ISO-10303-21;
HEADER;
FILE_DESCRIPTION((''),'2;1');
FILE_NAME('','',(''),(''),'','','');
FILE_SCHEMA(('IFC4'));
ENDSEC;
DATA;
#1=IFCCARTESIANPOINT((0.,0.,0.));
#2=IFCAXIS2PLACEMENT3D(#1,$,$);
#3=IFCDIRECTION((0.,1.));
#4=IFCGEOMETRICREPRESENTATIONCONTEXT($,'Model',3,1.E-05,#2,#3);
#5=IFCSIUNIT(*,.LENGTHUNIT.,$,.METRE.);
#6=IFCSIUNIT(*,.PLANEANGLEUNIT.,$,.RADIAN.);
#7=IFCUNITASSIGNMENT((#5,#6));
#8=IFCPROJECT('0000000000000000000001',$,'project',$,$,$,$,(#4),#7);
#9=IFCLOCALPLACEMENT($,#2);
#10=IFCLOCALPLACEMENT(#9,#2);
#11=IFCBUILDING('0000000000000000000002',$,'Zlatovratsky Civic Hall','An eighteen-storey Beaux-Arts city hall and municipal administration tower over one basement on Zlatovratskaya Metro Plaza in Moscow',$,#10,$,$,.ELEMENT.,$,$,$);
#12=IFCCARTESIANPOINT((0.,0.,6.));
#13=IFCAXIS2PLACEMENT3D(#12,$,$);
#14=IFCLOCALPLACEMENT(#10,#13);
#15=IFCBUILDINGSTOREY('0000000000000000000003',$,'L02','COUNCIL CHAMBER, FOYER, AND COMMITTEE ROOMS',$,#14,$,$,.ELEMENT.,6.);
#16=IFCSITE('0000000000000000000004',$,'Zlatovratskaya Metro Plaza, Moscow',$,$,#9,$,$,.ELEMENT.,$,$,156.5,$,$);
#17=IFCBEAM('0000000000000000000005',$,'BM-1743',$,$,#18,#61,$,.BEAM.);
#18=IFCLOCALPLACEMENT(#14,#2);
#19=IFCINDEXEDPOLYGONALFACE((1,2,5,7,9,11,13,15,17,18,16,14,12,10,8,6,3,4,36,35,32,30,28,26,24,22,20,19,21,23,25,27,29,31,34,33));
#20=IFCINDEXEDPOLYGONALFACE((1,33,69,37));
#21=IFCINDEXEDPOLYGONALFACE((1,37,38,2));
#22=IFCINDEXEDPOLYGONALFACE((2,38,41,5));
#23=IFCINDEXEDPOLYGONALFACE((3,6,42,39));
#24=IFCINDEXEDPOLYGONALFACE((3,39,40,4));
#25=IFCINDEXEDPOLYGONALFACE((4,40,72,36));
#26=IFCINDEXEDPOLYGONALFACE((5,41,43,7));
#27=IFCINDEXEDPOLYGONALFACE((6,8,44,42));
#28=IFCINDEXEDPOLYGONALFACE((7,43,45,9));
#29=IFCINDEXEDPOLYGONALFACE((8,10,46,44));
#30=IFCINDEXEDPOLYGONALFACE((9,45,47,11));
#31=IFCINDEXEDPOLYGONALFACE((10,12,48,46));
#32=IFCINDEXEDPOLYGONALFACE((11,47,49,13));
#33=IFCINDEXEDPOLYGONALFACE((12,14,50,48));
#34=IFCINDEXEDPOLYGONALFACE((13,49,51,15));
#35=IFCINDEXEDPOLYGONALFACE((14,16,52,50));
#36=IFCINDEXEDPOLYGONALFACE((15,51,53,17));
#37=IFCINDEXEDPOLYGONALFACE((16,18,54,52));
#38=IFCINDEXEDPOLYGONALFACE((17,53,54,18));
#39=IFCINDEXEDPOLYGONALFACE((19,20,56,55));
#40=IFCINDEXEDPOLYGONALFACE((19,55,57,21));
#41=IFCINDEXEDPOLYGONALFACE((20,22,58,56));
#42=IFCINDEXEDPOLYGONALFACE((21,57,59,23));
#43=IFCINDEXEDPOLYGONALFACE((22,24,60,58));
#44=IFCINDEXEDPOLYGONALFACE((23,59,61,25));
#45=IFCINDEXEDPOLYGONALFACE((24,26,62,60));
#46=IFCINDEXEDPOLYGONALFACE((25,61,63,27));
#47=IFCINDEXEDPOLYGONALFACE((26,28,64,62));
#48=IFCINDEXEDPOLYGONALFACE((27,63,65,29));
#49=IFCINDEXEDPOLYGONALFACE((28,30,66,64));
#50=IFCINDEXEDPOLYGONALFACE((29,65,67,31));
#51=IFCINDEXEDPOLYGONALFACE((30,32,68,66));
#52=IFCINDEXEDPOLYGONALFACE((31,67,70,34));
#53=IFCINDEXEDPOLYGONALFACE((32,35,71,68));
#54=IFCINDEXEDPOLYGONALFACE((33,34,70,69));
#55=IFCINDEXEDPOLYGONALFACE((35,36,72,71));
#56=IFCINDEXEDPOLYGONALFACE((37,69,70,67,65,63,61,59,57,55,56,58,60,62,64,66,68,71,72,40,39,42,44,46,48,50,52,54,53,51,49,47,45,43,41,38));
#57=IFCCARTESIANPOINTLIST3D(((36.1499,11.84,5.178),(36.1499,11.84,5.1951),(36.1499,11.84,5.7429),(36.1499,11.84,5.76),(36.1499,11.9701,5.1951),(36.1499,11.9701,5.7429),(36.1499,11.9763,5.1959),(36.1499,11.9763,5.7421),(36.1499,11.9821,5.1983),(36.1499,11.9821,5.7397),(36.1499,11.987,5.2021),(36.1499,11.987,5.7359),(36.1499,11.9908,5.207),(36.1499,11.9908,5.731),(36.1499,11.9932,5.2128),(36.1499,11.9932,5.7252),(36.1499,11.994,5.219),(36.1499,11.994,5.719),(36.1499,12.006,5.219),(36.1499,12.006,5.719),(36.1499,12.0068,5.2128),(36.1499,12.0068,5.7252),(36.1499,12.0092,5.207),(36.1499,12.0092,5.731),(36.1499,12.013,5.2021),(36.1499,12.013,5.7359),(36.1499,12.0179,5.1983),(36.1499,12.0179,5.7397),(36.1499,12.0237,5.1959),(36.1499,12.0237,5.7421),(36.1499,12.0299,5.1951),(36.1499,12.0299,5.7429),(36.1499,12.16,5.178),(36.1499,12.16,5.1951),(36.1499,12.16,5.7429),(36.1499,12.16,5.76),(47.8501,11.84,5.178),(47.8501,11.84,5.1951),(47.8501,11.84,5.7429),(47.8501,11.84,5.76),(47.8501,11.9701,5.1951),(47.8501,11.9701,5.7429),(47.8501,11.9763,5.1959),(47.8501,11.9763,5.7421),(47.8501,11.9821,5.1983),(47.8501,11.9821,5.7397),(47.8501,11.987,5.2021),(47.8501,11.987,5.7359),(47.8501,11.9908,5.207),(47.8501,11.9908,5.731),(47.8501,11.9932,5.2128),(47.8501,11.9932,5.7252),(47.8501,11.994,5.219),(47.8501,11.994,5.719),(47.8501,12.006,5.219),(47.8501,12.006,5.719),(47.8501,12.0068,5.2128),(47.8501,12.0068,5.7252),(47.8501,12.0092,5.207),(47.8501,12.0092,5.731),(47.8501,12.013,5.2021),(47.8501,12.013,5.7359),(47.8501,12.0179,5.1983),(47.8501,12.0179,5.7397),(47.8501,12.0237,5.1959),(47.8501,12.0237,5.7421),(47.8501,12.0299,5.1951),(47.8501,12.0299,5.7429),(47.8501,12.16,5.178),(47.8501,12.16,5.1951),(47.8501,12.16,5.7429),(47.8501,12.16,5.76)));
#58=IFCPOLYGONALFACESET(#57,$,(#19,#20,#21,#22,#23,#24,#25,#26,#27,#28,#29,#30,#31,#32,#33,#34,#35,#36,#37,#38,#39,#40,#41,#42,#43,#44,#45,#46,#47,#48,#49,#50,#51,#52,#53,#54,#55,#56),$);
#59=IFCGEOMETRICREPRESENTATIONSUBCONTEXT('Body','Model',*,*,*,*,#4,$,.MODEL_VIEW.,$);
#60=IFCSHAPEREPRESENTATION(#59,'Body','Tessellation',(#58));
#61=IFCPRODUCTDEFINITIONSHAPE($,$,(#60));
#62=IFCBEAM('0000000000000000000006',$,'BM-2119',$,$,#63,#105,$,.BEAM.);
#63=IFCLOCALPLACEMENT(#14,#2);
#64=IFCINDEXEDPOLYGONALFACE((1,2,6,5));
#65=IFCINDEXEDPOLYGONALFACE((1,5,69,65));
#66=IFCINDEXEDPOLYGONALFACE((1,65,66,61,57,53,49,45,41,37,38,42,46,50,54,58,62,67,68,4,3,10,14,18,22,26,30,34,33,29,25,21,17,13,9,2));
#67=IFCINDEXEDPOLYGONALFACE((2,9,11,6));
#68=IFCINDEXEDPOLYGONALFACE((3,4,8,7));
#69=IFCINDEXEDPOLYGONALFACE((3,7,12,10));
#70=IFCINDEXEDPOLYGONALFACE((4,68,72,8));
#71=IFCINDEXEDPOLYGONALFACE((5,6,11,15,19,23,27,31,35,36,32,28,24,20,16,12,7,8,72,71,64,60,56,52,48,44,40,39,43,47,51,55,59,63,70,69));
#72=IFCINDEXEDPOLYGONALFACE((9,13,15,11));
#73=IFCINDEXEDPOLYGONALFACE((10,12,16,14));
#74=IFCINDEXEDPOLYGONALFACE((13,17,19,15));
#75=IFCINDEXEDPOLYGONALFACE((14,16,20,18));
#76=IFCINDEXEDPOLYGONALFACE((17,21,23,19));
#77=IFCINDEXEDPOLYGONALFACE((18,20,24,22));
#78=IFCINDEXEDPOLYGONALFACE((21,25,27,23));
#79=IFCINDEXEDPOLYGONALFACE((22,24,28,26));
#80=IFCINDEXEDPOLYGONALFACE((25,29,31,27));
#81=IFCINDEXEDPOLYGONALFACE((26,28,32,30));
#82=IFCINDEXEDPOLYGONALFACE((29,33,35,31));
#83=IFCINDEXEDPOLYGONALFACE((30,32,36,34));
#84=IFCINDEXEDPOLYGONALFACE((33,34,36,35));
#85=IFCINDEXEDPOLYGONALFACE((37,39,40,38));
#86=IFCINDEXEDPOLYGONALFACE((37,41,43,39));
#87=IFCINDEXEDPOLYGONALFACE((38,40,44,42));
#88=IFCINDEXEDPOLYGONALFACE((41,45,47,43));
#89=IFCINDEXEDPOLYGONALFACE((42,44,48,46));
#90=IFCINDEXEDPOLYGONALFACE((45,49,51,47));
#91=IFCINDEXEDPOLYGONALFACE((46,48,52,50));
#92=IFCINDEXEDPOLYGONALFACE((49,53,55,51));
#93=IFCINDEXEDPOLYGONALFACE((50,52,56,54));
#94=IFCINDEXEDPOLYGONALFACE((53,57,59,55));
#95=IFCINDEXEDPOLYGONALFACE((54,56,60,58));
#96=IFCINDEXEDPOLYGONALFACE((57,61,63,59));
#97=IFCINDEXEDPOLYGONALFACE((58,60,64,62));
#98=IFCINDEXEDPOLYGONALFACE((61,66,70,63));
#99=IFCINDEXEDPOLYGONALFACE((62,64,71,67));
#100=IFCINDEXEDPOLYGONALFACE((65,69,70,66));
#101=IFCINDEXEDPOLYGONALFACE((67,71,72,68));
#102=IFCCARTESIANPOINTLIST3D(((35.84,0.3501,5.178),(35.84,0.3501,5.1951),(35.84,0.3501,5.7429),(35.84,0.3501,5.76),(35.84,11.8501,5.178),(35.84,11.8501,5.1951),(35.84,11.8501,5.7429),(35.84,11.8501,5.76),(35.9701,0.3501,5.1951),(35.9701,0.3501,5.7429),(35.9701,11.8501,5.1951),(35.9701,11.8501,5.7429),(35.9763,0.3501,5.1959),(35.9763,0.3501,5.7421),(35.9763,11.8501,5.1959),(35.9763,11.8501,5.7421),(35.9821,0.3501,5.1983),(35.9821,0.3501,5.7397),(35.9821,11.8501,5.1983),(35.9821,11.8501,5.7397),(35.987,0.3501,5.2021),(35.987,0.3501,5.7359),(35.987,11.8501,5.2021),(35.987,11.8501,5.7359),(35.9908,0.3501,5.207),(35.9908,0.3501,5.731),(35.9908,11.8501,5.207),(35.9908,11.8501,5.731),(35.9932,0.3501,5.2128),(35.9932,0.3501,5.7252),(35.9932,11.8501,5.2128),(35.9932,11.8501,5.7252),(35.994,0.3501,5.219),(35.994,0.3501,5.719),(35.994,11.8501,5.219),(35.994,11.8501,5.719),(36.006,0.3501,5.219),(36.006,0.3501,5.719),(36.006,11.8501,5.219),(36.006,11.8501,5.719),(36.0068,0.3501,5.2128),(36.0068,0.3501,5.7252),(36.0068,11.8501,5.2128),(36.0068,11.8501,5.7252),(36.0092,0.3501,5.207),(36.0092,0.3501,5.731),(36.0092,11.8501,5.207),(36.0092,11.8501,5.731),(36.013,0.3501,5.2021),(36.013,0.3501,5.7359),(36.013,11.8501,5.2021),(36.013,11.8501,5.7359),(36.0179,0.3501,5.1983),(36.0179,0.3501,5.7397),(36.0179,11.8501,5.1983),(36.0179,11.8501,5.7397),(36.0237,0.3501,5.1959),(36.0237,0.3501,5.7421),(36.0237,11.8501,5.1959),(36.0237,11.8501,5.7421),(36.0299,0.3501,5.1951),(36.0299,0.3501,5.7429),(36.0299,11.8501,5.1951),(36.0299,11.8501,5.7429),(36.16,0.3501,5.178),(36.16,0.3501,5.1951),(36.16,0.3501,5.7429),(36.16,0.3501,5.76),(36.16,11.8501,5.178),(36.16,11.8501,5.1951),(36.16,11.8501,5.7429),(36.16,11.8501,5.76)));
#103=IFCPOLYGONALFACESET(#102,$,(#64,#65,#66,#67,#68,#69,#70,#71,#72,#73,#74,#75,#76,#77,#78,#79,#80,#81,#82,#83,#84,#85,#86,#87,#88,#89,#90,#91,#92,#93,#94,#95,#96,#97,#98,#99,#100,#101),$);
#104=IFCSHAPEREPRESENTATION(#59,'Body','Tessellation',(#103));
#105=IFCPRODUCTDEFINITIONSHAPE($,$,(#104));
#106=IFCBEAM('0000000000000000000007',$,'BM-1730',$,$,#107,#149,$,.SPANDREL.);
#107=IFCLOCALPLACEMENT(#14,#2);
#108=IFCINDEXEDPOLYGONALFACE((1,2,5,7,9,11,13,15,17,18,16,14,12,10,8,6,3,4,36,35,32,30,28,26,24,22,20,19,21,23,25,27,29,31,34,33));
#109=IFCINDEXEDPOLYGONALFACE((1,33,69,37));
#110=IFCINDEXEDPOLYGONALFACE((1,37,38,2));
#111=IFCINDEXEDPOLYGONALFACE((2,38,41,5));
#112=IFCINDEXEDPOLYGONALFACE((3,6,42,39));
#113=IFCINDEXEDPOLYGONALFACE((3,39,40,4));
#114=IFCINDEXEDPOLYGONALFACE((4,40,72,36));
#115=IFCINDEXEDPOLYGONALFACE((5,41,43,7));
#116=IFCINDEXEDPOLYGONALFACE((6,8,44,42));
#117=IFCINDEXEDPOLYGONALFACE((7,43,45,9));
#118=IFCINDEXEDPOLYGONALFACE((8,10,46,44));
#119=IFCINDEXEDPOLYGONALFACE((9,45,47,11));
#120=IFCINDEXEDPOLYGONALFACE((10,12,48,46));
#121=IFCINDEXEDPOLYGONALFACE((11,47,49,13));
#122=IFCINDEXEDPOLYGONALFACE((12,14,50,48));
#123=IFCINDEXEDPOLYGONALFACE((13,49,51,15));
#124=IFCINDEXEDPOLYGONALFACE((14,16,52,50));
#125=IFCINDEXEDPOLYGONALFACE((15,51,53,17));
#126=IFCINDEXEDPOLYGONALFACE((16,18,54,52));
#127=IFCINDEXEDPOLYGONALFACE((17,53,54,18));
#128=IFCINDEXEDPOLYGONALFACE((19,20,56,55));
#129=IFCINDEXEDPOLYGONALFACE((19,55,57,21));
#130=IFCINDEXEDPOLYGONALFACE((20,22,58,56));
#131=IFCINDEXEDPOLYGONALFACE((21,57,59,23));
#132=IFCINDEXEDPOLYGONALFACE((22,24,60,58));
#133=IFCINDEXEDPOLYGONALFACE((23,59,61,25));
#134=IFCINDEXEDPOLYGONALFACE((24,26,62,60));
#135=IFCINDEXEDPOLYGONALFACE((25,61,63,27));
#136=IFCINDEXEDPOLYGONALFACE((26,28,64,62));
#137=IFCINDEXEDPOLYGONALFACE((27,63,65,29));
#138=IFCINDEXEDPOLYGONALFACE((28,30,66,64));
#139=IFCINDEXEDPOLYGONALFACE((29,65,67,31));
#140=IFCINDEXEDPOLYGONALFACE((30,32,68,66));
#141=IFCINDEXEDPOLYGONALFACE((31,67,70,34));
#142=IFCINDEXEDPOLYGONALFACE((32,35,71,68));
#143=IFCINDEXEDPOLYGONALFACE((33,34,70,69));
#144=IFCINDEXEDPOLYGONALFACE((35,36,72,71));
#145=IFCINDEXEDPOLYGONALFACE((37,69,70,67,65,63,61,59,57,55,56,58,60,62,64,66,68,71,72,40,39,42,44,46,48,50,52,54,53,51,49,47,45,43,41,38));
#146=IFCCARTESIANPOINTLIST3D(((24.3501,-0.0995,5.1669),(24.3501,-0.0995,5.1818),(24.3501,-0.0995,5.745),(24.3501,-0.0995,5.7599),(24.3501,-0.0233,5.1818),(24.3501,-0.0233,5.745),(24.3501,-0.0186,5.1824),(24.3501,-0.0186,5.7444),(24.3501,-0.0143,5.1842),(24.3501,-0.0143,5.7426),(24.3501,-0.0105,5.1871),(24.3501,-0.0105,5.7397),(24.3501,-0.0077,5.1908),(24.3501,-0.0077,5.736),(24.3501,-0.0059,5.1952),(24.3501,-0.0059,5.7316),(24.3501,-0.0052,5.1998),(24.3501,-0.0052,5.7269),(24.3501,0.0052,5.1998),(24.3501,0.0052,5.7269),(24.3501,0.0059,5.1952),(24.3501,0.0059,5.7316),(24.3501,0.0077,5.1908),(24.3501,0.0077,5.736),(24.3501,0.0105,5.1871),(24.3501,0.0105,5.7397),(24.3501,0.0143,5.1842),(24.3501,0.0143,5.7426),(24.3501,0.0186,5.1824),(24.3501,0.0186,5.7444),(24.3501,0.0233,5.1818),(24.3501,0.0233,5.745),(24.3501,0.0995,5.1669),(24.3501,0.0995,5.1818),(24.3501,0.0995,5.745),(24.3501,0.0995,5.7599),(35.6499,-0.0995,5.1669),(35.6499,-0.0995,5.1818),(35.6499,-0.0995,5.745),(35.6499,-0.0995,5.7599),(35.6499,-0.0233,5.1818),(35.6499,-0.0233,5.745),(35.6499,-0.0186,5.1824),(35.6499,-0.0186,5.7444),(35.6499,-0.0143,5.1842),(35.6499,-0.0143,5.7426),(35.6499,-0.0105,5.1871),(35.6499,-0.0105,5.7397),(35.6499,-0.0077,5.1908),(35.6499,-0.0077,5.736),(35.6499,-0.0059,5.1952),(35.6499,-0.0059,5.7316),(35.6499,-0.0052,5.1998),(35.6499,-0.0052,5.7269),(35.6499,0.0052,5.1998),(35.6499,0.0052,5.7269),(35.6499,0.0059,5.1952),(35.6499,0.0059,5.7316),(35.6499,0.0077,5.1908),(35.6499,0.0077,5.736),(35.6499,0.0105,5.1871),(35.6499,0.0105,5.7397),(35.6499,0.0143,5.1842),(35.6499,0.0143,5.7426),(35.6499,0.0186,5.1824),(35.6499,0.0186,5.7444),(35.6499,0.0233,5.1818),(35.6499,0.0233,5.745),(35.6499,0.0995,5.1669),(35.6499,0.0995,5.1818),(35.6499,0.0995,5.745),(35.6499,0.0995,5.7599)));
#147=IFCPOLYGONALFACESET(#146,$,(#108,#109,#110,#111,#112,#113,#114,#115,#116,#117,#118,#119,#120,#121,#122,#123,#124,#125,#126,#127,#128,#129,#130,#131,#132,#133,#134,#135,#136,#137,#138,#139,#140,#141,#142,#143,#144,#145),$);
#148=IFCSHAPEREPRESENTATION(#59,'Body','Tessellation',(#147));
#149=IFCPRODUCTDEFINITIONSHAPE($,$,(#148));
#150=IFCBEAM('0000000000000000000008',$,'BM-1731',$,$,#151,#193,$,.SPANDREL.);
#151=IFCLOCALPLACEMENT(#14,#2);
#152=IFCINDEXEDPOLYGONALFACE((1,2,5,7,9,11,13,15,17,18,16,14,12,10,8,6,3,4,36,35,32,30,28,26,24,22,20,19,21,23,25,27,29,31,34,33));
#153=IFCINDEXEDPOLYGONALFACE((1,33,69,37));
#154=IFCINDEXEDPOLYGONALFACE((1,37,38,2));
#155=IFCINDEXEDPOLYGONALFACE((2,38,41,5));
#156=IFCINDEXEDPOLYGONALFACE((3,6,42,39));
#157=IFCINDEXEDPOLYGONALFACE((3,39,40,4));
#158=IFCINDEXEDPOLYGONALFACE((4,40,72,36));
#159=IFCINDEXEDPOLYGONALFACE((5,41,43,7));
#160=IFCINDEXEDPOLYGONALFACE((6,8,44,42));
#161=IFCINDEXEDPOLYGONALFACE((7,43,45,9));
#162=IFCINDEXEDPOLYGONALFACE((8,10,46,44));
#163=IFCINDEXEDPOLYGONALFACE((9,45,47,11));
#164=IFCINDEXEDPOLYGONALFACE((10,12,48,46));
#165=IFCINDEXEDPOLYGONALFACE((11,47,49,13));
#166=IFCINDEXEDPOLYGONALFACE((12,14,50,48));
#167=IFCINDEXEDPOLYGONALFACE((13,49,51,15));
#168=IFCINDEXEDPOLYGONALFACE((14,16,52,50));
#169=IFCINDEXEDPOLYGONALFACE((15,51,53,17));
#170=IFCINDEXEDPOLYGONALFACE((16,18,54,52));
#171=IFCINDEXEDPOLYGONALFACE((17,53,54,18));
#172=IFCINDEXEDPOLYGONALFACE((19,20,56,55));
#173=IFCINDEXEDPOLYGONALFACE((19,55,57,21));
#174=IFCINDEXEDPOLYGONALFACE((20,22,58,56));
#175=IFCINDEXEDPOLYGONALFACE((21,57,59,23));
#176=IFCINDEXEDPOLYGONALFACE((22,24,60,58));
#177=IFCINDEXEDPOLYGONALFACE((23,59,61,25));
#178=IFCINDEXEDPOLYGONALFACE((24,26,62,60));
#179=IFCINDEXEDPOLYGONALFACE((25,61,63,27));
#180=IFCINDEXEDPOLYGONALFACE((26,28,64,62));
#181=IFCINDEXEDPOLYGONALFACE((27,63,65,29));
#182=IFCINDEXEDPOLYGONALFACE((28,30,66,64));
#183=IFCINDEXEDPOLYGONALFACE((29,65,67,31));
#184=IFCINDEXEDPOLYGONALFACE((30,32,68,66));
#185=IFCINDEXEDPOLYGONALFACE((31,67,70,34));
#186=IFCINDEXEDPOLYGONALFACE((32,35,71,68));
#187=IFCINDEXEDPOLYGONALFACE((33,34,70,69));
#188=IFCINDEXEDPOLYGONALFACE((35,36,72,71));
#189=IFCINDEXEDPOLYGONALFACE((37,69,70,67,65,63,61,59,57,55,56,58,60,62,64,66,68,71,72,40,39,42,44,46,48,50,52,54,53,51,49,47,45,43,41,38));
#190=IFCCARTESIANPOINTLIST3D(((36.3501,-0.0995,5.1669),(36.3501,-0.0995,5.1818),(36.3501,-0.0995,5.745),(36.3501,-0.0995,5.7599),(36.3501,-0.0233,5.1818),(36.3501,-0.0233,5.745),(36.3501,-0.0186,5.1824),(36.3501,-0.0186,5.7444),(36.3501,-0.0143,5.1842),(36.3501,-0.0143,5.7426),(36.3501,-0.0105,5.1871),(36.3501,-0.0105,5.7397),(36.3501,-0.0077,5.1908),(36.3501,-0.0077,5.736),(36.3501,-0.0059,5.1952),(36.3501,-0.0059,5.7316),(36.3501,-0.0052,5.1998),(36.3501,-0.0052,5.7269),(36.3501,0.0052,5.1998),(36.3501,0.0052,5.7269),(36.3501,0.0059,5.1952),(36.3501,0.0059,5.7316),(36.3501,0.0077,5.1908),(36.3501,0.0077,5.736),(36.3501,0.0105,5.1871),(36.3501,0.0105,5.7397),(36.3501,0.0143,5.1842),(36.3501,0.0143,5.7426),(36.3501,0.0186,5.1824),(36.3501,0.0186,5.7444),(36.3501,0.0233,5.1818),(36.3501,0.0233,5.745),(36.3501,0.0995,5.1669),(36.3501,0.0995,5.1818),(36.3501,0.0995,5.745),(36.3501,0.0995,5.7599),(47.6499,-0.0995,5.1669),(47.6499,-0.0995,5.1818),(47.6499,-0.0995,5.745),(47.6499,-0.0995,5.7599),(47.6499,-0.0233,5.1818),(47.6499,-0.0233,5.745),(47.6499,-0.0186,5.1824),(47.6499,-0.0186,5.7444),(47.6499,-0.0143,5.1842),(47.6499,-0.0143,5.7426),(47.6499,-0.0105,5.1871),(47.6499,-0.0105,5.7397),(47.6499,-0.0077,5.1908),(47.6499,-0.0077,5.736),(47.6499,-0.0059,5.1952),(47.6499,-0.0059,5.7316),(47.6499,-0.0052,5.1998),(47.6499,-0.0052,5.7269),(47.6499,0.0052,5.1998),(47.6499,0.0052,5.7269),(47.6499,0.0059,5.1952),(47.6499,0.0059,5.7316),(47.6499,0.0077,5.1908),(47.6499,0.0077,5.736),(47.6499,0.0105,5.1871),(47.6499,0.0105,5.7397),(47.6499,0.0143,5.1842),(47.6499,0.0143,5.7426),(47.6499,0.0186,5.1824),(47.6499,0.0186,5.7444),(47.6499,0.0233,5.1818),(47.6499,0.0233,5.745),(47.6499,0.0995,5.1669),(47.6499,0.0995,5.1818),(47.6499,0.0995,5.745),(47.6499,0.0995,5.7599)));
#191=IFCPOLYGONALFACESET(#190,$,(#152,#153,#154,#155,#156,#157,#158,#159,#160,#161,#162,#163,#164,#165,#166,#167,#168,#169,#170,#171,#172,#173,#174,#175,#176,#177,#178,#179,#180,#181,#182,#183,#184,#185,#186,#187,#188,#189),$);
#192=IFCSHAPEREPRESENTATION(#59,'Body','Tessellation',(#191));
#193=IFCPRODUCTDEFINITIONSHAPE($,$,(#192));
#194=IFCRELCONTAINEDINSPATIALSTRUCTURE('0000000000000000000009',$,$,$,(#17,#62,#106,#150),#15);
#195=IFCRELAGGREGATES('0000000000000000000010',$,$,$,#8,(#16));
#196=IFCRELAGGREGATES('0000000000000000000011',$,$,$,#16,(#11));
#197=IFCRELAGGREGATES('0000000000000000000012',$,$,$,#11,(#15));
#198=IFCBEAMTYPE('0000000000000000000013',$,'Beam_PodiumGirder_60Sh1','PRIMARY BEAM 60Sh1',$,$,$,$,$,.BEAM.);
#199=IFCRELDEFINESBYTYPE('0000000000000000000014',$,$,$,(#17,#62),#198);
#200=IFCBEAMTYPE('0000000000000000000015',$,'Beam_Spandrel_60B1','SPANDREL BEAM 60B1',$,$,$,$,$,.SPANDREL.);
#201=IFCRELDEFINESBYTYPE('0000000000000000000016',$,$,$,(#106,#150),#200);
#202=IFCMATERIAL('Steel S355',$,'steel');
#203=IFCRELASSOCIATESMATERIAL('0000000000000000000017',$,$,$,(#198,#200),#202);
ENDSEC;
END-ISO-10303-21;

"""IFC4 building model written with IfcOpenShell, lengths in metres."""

from ifc_helpers import new_model, si_unit, direction, frame, origin, origin_2d, place, context, subcontext, project, spatial, i_section, extrude, material, material_profile, profile_set, type_object, element, save


model = new_model("IFC4")

# Units and contexts
model_context = context("Model", 3, precision=1e-05, world=origin(), true_north=direction((0.0, 1.0)))
body_context = subcontext(model_context, "Body", "Model", "MODEL_VIEW")
ifc_project = project(units=[si_unit("LENGTHUNIT", "METRE"), si_unit("PLANEANGLEUNIT", "RADIAN")], contexts=[model_context])

# Site, building, storey
site_placement = place(None, origin())
site = spatial("IfcSite", under=ifc_project, at=site_placement, Name="Zlatovratskaya Metro Plaza, Moscow", CompositionType="ELEMENT", RefElevation=156.5)
building_placement = place(site_placement, origin())
building = spatial("IfcBuilding", under=site, at=building_placement, Name="Zlatovratsky Civic Hall", Description="An eighteen-storey Beaux-Arts city hall and municipal administration tower over one basement on Zlatovratskaya Metro Plaza in Moscow", CompositionType="ELEMENT")
storey_placement = place(building_placement, frame((0.0, 0.0, 6.0)))
storey = spatial("IfcBuildingStorey", under=building, at=storey_placement, Name="L02", Description="COUNCIL CHAMBER, FOYER, AND COMMITTEE ROOMS", CompositionType="ELEMENT", Elevation=6.0)

# Shared definitions
ifc_material_1 = material(Name="Steel S355", Category="steel")

# Beams
ifc_material_profile_1 = material_profile(ifc_material_1, i_section(OverallWidth=0.3201, OverallDepth=0.582, WebThickness=0.012, FlangeThickness=0.0171, FilletRadius=0.0239, at=origin_2d()), Name="60Sh1")
ifc_profile_set_1 = profile_set([ifc_material_profile_1], Name="Steel S355")
beam_type_1 = type_object("IfcBeamType", Name="Beam_PodiumGirder_60Sh1", Description="PRIMARY BEAM 60Sh1", PredefinedType="BEAM", material=ifc_profile_set_1)
for number, where, z_axis, x_axis, name in (
    (1, (36.1499, 12.0, 5.469), (1.0, 0.0, 0.0), (0.0, 1.0, 0.0), "BM-1743"),
):
    element("IfcBeam", number, at=place(storey_placement, frame(where, z_axis=z_axis, x_axis=x_axis)), inside=storey, type_object=beam_type_1, Name=name, PredefinedType="BEAM", context=body_context, shape_type="SweptSolid", body=[
        extrude(i_section(OverallWidth=0.3201, OverallDepth=0.582, WebThickness=0.012, FlangeThickness=0.0171, FilletRadius=0.0239, at=origin_2d()), origin(), (0.0, 0.0, 1.0), 11.7002),
    ])
beam_1_placement = place(storey_placement, frame((36.0, 0.3501, 5.469), z_axis=(0.0, 1.0, 0.0), x_axis=(-1.0, 0.0, 0.0)))
element("IfcBeam", 2, at=beam_1_placement, inside=storey, type_object=beam_type_1, Name="BM-2119", PredefinedType="BEAM", context=body_context, shape_type="SweptSolid", body=[
    extrude(i_section(OverallWidth=0.3201, OverallDepth=0.582, WebThickness=0.012, FlangeThickness=0.0171, FilletRadius=0.0239, at=origin_2d()), origin(), (0.0, 0.0, 1.0), 11.5),
])
ifc_material_profile_2 = material_profile(ifc_material_1, i_section(OverallWidth=0.199, OverallDepth=0.593, WebThickness=0.0105, FlangeThickness=0.0149, FilletRadius=0.0181, at=origin_2d()), Name="60B1")
ifc_profile_set_2 = profile_set([ifc_material_profile_2], Name="Steel S355")
beam_type_2 = type_object("IfcBeamType", Name="Beam_Spandrel_60B1", Description="SPANDREL BEAM 60B1", PredefinedType="SPANDREL", material=ifc_profile_set_2)
for number, where, z_axis, x_axis, name in (
    (3, (24.3501, 0.0, 5.4634), (1.0, 0.0, 0.0), (0.0, 1.0, 0.0), "BM-1730"),
    (4, (36.3501, 0.0, 5.4634), (1.0, 0.0, 0.0), (0.0, 1.0, 0.0), "BM-1731"),
):
    element("IfcBeam", number, at=place(storey_placement, frame(where, z_axis=z_axis, x_axis=x_axis)), inside=storey, type_object=beam_type_2, Name=name, PredefinedType="SPANDREL", context=body_context, shape_type="SweptSolid", body=[
        extrude(i_section(OverallWidth=0.199, OverallDepth=0.593, WebThickness=0.0105, FlangeThickness=0.0149, FilletRadius=0.0181, at=origin_2d()), origin(), (0.0, 0.0, 1.0), 11.2998),
    ])

save(model, "model.ifc")
